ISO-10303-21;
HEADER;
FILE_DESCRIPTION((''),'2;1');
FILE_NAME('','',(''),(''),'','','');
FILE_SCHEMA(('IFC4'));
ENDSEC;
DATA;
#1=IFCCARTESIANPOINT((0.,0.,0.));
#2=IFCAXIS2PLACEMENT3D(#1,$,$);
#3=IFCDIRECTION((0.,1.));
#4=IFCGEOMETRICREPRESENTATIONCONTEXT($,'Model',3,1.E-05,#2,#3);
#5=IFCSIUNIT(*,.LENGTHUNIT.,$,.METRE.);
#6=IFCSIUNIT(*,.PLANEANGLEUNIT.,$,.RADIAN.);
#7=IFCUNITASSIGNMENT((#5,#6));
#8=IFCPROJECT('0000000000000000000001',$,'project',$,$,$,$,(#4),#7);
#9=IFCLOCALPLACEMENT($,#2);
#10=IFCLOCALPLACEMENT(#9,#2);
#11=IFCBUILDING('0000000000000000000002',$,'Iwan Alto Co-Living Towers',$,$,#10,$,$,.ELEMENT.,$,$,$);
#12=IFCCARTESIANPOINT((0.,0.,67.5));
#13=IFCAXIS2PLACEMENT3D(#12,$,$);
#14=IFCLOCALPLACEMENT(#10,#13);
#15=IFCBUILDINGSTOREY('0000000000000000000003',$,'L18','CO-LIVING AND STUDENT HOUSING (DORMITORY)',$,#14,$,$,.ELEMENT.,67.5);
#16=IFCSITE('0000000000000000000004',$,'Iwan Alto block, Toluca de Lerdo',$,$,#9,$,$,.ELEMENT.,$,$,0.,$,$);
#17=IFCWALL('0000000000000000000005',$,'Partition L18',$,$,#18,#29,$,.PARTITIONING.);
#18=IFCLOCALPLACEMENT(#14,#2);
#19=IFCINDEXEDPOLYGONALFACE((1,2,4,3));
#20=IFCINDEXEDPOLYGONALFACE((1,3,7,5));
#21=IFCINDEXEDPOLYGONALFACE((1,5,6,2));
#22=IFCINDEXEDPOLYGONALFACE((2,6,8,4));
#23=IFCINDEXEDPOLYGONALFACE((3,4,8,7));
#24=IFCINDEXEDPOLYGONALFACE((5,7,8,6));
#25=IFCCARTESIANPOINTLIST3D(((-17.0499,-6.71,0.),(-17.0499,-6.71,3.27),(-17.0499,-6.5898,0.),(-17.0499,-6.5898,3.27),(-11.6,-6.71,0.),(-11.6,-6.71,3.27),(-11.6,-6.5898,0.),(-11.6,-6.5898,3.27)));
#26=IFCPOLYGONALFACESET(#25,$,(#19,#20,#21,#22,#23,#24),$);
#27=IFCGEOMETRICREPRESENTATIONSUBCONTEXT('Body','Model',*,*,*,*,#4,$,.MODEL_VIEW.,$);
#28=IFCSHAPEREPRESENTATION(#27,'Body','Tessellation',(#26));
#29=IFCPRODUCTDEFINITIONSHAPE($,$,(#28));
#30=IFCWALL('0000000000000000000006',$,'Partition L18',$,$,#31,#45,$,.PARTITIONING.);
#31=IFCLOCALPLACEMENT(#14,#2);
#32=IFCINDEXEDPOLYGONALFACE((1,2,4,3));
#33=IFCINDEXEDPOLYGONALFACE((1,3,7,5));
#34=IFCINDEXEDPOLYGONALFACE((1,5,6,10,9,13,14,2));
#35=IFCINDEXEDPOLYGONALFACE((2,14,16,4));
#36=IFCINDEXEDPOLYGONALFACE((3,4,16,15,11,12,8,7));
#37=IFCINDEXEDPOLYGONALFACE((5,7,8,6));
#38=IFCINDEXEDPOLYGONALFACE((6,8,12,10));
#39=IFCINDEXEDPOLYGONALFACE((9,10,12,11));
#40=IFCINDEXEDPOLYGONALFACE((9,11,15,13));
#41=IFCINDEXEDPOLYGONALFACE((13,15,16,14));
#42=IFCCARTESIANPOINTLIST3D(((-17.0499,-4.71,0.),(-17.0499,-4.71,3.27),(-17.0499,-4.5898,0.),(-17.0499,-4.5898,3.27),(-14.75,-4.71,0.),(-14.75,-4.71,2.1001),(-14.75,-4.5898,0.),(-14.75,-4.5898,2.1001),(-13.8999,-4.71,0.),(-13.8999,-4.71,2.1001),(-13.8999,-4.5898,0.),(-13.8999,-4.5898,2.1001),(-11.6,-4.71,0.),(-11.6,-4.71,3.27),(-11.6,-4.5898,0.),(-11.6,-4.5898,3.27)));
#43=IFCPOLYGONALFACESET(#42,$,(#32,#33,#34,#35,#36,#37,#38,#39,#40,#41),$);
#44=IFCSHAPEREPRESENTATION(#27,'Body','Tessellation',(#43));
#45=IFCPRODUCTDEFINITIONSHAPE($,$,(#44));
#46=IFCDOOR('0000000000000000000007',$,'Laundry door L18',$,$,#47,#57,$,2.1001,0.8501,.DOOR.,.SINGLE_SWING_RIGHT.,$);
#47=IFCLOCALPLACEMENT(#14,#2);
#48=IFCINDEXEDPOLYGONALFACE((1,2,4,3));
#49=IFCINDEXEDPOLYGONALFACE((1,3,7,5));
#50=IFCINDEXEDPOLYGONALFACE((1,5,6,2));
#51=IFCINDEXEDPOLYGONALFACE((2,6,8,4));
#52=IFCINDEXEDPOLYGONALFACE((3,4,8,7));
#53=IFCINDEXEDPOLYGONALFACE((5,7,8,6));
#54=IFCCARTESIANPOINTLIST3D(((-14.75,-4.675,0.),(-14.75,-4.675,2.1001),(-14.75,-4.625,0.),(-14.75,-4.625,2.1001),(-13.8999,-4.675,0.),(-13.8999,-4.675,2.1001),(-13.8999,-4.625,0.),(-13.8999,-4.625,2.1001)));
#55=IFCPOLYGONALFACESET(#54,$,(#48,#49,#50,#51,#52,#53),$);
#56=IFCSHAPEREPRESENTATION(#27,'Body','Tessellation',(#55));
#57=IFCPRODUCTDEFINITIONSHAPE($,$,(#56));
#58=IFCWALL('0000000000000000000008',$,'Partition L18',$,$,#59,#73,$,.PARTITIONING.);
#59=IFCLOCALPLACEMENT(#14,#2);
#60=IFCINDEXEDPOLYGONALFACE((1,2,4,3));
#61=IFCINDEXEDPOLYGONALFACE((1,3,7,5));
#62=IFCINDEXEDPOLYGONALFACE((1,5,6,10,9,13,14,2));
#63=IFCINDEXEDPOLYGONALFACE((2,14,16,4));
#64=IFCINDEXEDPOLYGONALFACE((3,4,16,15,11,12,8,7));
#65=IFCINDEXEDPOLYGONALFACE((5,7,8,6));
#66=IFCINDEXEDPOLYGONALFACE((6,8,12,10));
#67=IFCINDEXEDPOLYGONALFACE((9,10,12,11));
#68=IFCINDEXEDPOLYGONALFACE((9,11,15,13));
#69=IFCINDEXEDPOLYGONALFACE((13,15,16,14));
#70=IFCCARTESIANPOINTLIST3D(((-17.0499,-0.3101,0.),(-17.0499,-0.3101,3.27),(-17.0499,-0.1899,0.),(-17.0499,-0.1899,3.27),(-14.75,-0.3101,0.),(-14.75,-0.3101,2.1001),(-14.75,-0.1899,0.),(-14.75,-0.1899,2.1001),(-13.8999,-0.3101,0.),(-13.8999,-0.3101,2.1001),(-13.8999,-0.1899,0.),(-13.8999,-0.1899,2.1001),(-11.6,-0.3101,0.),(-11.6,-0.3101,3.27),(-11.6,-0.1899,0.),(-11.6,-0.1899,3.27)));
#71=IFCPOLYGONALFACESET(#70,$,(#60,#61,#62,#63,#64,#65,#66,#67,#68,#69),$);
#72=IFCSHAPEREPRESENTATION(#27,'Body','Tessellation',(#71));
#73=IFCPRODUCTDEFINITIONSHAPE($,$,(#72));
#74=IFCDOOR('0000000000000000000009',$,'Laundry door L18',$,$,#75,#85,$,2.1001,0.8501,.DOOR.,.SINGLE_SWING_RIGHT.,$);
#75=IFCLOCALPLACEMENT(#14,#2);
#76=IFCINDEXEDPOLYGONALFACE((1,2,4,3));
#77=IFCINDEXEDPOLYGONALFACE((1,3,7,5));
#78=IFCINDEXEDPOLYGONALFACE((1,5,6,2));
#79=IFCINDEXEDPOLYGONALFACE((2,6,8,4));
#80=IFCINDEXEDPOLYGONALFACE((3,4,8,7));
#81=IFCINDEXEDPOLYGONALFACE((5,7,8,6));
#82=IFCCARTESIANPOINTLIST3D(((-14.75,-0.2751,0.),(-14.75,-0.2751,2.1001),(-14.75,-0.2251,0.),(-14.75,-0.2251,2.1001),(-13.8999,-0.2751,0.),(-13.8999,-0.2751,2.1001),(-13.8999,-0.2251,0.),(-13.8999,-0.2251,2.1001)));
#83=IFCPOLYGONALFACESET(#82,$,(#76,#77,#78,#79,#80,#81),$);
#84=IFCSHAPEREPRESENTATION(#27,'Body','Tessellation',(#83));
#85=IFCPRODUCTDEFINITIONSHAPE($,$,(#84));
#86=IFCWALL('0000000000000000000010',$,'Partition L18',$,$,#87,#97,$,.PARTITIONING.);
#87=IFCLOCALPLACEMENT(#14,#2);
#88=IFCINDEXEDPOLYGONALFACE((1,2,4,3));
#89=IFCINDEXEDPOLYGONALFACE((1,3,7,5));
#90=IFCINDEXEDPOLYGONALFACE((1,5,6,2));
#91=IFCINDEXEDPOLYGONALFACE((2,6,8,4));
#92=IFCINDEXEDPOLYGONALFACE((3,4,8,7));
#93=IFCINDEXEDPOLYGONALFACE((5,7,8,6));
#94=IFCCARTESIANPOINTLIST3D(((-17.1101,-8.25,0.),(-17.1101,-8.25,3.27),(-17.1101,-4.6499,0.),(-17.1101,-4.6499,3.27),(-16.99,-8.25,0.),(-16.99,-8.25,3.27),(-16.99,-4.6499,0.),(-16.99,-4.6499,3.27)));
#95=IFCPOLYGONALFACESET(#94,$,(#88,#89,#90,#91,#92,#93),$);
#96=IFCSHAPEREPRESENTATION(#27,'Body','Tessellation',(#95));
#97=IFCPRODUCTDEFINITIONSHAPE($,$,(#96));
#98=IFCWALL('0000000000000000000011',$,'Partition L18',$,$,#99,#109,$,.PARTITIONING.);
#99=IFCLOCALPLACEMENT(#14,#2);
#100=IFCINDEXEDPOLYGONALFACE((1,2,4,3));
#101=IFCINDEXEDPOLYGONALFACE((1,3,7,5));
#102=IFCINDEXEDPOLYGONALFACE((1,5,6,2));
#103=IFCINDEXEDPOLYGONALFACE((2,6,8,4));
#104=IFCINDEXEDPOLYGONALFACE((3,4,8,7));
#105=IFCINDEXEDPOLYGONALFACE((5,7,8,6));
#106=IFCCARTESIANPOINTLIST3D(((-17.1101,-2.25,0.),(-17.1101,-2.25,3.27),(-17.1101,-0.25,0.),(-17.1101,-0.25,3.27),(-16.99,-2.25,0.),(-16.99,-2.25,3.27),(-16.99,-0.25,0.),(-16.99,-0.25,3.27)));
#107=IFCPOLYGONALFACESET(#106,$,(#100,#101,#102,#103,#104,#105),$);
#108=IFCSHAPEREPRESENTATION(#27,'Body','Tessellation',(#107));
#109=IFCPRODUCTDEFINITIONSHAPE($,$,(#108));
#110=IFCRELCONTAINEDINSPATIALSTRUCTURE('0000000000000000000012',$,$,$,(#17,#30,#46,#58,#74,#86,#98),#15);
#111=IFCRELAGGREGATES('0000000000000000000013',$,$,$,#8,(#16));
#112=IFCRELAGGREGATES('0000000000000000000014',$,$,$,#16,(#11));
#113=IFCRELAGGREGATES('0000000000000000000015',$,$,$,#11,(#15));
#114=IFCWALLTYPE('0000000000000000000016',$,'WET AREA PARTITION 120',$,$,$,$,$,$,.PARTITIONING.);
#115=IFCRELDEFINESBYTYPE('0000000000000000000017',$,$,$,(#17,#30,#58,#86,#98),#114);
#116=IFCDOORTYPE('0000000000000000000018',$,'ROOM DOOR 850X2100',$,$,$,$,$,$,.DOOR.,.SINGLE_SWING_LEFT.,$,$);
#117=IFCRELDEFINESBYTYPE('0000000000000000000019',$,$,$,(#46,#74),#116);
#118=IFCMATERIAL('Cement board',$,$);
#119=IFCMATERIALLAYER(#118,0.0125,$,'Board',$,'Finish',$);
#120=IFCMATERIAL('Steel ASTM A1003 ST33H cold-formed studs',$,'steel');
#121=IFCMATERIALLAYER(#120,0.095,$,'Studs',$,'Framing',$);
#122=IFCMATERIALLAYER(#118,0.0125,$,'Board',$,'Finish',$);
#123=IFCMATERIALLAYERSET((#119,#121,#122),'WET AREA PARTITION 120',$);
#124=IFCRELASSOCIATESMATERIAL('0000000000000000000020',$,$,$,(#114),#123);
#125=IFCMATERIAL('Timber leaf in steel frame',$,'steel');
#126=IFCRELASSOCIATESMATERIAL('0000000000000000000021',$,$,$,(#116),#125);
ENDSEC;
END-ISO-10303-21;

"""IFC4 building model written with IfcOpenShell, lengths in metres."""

from ifc_helpers import new_model, si_unit, direction, frame, frame_2d, origin, place, context, subcontext, project, spatial, rectangle, extrude, material, layer, layer_set, type_object, element, fill, save


model = new_model("IFC4")

# Units and contexts
model_context = context("Model", 3, precision=1e-05, world=origin(), true_north=direction((0.0, 1.0)))
body_context = subcontext(model_context, "Body", "Model", "MODEL_VIEW")
ifc_project = project(units=[si_unit("LENGTHUNIT", "METRE"), si_unit("PLANEANGLEUNIT", "RADIAN")], contexts=[model_context])

# Site, building, storey
site_placement = place(None, origin())
site = spatial("IfcSite", under=ifc_project, at=site_placement, Name="Iwan Alto block, Toluca de Lerdo", CompositionType="ELEMENT", RefElevation=0.0)
building_placement = place(site_placement, origin())
building = spatial("IfcBuilding", under=site, at=building_placement, Name="Iwan Alto Co-Living Towers", CompositionType="ELEMENT")
storey_placement = place(building_placement, frame((0.0, 0.0, 67.5)))
storey = spatial("IfcBuildingStorey", under=building, at=storey_placement, Name="L18", Description="CO-LIVING AND STUDENT HOUSING (DORMITORY)", CompositionType="ELEMENT", Elevation=67.5)

# Shared definitions
ifc_material_1 = material(Name="Steel ASTM A1003 ST33H cold-formed studs", Category="steel")

# Shared definitions
ifc_material_2 = material(Name="Cement board")
ifc_layer_1 = layer(ifc_material_2, 0.0125, Name="Board", Category="Finish")
ifc_layer_2 = layer(ifc_material_1, 0.095, Name="Studs", Category="Framing")
ifc_layer_3 = layer(ifc_material_2, 0.0125, Name="Board", Category="Finish")
ifc_layer_set_1 = layer_set([ifc_layer_1, ifc_layer_2, ifc_layer_3], Name="WET AREA PARTITION 120")
wall_type_1 = type_object("IfcWallType", Name="WET AREA PARTITION 120", PredefinedType="PARTITIONING", material=ifc_layer_set_1)
ifc_material_3 = material(Name="Timber leaf in steel frame", Category="steel")
door_type_1 = type_object("IfcDoorType", Name="ROOM DOOR 850X2100", OperationType="SINGLE_SWING_LEFT", PredefinedType="DOOR", material=ifc_material_3)

# Wall
wall_1_placement = place(storey_placement, frame((-17.05, -6.6499, 0.0), z_axis=(0.0, 0.0, 1.0), x_axis=(1.0, 0.0, 0.0)))
element("IfcWall", 1, at=wall_1_placement, inside=storey, type_object=wall_type_1, Name="Partition L18", PredefinedType="PARTITIONING", context=body_context, shape_type="SweptSolid", body=[
    extrude(rectangle(XDim=5.45, YDim=0.1201, at=frame_2d((2.7251, 0.0))), origin(), (0.0, 0.0, 1.0), 3.27),
])

# Walls, openings, doors
wall_2_placement = place(storey_placement, frame((-17.05, -4.6499, 0.0), z_axis=(0.0, 0.0, 1.0), x_axis=(1.0, 0.0, 0.0)))
wall_2 = element("IfcWall", 2, at=wall_2_placement, inside=storey, type_object=wall_type_1, Name="Partition L18", PredefinedType="PARTITIONING", context=body_context, shape_type="SweptSolid", body=[
    extrude(rectangle(XDim=5.45, YDim=0.1201, at=frame_2d((2.7251, 0.0))), origin(), (0.0, 0.0, 1.0), 3.27),
])
opening_1_placement = place(wall_2_placement, frame((2.3, 0.0, 0.0)))
opening_1 = element("IfcOpeningElement", 3, at=opening_1_placement, cuts=wall_2, PredefinedType="OPENING", context=body_context, shape_type="SweptSolid", body=[
    extrude(rectangle(XDim=0.8501, YDim=2.1001, at=frame_2d((0.425, 1.05))), frame((0.0, 0.0701, 0.0), z_axis=(0.0, -1.0, 0.0), x_axis=(1.0, 0.0, 0.0)), (0.0, 0.0, 1.0), 0.1401),
])
door_1_placement = place(opening_1_placement, origin())
door_1 = element("IfcDoor", 4, at=door_1_placement, inside=storey, type_object=door_type_1, Name="Laundry door L18", OperationType="SINGLE_SWING_RIGHT", OverallHeight=2.1001, OverallWidth=0.8501, PredefinedType="DOOR", context=body_context, shape_type="SweptSolid", body=[
    extrude(rectangle(XDim=0.8501, YDim=2.1001, at=frame_2d((0.425, 1.05))), frame((0.0, 0.0249, 0.0), z_axis=(0.0, -1.0, 0.0), x_axis=(1.0, 0.0, 0.0)), (0.0, 0.0, 1.0), 0.05),
])
fill(opening_1, door_1)
wall_3_placement = place(storey_placement, frame((-17.05, -0.25, 0.0), z_axis=(0.0, 0.0, 1.0), x_axis=(1.0, 0.0, 0.0)))
wall_3 = element("IfcWall", 5, at=wall_3_placement, inside=storey, type_object=wall_type_1, Name="Partition L18", PredefinedType="PARTITIONING", context=body_context, shape_type="SweptSolid", body=[
    extrude(rectangle(XDim=5.45, YDim=0.1201, at=frame_2d((2.7251, 0.0))), origin(), (0.0, 0.0, 1.0), 3.27),
])
opening_2_placement = place(wall_3_placement, frame((2.3, 0.0, 0.0)))
opening_2 = element("IfcOpeningElement", 6, at=opening_2_placement, cuts=wall_3, PredefinedType="OPENING", context=body_context, shape_type="SweptSolid", body=[
    extrude(rectangle(XDim=0.8501, YDim=2.1001, at=frame_2d((0.425, 1.05))), frame((0.0, 0.0701, 0.0), z_axis=(0.0, -1.0, 0.0), x_axis=(1.0, 0.0, 0.0)), (0.0, 0.0, 1.0), 0.1401),
])
door_2_placement = place(opening_2_placement, origin())
door_2 = element("IfcDoor", 7, at=door_2_placement, inside=storey, type_object=door_type_1, Name="Laundry door L18", OperationType="SINGLE_SWING_RIGHT", OverallHeight=2.1001, OverallWidth=0.8501, PredefinedType="DOOR", context=body_context, shape_type="SweptSolid", body=[
    extrude(rectangle(XDim=0.8501, YDim=2.1001, at=frame_2d((0.425, 1.05))), frame((0.0, 0.0249, 0.0), z_axis=(0.0, -1.0, 0.0), x_axis=(1.0, 0.0, 0.0)), (0.0, 0.0, 1.0), 0.05),
])
fill(opening_2, door_2)

# Walls
wall_4_placement = place(storey_placement, frame((-17.05, -8.25, 0.0), z_axis=(0.0, 0.0, 1.0), x_axis=(0.0, 1.0, 0.0)))
element("IfcWall", 8, at=wall_4_placement, inside=storey, type_object=wall_type_1, Name="Partition L18", PredefinedType="PARTITIONING", context=body_context, shape_type="SweptSolid", body=[
    extrude(rectangle(XDim=3.6001, YDim=0.1201, at=frame_2d((1.8, 0.0))), origin(), (0.0, 0.0, 1.0), 3.27),
])
wall_5_placement = place(storey_placement, frame((-17.05, -2.25, 0.0), z_axis=(0.0, 0.0, 1.0), x_axis=(0.0, 1.0, 0.0)))
element("IfcWall", 9, at=wall_5_placement, inside=storey, type_object=wall_type_1, Name="Partition L18", PredefinedType="PARTITIONING", context=body_context, shape_type="SweptSolid", body=[
    extrude(rectangle(XDim=2.0, YDim=0.1201, at=frame_2d((1.0, 0.0))), origin(), (0.0, 0.0, 1.0), 3.27),
])

save(model, "model.ifc")
